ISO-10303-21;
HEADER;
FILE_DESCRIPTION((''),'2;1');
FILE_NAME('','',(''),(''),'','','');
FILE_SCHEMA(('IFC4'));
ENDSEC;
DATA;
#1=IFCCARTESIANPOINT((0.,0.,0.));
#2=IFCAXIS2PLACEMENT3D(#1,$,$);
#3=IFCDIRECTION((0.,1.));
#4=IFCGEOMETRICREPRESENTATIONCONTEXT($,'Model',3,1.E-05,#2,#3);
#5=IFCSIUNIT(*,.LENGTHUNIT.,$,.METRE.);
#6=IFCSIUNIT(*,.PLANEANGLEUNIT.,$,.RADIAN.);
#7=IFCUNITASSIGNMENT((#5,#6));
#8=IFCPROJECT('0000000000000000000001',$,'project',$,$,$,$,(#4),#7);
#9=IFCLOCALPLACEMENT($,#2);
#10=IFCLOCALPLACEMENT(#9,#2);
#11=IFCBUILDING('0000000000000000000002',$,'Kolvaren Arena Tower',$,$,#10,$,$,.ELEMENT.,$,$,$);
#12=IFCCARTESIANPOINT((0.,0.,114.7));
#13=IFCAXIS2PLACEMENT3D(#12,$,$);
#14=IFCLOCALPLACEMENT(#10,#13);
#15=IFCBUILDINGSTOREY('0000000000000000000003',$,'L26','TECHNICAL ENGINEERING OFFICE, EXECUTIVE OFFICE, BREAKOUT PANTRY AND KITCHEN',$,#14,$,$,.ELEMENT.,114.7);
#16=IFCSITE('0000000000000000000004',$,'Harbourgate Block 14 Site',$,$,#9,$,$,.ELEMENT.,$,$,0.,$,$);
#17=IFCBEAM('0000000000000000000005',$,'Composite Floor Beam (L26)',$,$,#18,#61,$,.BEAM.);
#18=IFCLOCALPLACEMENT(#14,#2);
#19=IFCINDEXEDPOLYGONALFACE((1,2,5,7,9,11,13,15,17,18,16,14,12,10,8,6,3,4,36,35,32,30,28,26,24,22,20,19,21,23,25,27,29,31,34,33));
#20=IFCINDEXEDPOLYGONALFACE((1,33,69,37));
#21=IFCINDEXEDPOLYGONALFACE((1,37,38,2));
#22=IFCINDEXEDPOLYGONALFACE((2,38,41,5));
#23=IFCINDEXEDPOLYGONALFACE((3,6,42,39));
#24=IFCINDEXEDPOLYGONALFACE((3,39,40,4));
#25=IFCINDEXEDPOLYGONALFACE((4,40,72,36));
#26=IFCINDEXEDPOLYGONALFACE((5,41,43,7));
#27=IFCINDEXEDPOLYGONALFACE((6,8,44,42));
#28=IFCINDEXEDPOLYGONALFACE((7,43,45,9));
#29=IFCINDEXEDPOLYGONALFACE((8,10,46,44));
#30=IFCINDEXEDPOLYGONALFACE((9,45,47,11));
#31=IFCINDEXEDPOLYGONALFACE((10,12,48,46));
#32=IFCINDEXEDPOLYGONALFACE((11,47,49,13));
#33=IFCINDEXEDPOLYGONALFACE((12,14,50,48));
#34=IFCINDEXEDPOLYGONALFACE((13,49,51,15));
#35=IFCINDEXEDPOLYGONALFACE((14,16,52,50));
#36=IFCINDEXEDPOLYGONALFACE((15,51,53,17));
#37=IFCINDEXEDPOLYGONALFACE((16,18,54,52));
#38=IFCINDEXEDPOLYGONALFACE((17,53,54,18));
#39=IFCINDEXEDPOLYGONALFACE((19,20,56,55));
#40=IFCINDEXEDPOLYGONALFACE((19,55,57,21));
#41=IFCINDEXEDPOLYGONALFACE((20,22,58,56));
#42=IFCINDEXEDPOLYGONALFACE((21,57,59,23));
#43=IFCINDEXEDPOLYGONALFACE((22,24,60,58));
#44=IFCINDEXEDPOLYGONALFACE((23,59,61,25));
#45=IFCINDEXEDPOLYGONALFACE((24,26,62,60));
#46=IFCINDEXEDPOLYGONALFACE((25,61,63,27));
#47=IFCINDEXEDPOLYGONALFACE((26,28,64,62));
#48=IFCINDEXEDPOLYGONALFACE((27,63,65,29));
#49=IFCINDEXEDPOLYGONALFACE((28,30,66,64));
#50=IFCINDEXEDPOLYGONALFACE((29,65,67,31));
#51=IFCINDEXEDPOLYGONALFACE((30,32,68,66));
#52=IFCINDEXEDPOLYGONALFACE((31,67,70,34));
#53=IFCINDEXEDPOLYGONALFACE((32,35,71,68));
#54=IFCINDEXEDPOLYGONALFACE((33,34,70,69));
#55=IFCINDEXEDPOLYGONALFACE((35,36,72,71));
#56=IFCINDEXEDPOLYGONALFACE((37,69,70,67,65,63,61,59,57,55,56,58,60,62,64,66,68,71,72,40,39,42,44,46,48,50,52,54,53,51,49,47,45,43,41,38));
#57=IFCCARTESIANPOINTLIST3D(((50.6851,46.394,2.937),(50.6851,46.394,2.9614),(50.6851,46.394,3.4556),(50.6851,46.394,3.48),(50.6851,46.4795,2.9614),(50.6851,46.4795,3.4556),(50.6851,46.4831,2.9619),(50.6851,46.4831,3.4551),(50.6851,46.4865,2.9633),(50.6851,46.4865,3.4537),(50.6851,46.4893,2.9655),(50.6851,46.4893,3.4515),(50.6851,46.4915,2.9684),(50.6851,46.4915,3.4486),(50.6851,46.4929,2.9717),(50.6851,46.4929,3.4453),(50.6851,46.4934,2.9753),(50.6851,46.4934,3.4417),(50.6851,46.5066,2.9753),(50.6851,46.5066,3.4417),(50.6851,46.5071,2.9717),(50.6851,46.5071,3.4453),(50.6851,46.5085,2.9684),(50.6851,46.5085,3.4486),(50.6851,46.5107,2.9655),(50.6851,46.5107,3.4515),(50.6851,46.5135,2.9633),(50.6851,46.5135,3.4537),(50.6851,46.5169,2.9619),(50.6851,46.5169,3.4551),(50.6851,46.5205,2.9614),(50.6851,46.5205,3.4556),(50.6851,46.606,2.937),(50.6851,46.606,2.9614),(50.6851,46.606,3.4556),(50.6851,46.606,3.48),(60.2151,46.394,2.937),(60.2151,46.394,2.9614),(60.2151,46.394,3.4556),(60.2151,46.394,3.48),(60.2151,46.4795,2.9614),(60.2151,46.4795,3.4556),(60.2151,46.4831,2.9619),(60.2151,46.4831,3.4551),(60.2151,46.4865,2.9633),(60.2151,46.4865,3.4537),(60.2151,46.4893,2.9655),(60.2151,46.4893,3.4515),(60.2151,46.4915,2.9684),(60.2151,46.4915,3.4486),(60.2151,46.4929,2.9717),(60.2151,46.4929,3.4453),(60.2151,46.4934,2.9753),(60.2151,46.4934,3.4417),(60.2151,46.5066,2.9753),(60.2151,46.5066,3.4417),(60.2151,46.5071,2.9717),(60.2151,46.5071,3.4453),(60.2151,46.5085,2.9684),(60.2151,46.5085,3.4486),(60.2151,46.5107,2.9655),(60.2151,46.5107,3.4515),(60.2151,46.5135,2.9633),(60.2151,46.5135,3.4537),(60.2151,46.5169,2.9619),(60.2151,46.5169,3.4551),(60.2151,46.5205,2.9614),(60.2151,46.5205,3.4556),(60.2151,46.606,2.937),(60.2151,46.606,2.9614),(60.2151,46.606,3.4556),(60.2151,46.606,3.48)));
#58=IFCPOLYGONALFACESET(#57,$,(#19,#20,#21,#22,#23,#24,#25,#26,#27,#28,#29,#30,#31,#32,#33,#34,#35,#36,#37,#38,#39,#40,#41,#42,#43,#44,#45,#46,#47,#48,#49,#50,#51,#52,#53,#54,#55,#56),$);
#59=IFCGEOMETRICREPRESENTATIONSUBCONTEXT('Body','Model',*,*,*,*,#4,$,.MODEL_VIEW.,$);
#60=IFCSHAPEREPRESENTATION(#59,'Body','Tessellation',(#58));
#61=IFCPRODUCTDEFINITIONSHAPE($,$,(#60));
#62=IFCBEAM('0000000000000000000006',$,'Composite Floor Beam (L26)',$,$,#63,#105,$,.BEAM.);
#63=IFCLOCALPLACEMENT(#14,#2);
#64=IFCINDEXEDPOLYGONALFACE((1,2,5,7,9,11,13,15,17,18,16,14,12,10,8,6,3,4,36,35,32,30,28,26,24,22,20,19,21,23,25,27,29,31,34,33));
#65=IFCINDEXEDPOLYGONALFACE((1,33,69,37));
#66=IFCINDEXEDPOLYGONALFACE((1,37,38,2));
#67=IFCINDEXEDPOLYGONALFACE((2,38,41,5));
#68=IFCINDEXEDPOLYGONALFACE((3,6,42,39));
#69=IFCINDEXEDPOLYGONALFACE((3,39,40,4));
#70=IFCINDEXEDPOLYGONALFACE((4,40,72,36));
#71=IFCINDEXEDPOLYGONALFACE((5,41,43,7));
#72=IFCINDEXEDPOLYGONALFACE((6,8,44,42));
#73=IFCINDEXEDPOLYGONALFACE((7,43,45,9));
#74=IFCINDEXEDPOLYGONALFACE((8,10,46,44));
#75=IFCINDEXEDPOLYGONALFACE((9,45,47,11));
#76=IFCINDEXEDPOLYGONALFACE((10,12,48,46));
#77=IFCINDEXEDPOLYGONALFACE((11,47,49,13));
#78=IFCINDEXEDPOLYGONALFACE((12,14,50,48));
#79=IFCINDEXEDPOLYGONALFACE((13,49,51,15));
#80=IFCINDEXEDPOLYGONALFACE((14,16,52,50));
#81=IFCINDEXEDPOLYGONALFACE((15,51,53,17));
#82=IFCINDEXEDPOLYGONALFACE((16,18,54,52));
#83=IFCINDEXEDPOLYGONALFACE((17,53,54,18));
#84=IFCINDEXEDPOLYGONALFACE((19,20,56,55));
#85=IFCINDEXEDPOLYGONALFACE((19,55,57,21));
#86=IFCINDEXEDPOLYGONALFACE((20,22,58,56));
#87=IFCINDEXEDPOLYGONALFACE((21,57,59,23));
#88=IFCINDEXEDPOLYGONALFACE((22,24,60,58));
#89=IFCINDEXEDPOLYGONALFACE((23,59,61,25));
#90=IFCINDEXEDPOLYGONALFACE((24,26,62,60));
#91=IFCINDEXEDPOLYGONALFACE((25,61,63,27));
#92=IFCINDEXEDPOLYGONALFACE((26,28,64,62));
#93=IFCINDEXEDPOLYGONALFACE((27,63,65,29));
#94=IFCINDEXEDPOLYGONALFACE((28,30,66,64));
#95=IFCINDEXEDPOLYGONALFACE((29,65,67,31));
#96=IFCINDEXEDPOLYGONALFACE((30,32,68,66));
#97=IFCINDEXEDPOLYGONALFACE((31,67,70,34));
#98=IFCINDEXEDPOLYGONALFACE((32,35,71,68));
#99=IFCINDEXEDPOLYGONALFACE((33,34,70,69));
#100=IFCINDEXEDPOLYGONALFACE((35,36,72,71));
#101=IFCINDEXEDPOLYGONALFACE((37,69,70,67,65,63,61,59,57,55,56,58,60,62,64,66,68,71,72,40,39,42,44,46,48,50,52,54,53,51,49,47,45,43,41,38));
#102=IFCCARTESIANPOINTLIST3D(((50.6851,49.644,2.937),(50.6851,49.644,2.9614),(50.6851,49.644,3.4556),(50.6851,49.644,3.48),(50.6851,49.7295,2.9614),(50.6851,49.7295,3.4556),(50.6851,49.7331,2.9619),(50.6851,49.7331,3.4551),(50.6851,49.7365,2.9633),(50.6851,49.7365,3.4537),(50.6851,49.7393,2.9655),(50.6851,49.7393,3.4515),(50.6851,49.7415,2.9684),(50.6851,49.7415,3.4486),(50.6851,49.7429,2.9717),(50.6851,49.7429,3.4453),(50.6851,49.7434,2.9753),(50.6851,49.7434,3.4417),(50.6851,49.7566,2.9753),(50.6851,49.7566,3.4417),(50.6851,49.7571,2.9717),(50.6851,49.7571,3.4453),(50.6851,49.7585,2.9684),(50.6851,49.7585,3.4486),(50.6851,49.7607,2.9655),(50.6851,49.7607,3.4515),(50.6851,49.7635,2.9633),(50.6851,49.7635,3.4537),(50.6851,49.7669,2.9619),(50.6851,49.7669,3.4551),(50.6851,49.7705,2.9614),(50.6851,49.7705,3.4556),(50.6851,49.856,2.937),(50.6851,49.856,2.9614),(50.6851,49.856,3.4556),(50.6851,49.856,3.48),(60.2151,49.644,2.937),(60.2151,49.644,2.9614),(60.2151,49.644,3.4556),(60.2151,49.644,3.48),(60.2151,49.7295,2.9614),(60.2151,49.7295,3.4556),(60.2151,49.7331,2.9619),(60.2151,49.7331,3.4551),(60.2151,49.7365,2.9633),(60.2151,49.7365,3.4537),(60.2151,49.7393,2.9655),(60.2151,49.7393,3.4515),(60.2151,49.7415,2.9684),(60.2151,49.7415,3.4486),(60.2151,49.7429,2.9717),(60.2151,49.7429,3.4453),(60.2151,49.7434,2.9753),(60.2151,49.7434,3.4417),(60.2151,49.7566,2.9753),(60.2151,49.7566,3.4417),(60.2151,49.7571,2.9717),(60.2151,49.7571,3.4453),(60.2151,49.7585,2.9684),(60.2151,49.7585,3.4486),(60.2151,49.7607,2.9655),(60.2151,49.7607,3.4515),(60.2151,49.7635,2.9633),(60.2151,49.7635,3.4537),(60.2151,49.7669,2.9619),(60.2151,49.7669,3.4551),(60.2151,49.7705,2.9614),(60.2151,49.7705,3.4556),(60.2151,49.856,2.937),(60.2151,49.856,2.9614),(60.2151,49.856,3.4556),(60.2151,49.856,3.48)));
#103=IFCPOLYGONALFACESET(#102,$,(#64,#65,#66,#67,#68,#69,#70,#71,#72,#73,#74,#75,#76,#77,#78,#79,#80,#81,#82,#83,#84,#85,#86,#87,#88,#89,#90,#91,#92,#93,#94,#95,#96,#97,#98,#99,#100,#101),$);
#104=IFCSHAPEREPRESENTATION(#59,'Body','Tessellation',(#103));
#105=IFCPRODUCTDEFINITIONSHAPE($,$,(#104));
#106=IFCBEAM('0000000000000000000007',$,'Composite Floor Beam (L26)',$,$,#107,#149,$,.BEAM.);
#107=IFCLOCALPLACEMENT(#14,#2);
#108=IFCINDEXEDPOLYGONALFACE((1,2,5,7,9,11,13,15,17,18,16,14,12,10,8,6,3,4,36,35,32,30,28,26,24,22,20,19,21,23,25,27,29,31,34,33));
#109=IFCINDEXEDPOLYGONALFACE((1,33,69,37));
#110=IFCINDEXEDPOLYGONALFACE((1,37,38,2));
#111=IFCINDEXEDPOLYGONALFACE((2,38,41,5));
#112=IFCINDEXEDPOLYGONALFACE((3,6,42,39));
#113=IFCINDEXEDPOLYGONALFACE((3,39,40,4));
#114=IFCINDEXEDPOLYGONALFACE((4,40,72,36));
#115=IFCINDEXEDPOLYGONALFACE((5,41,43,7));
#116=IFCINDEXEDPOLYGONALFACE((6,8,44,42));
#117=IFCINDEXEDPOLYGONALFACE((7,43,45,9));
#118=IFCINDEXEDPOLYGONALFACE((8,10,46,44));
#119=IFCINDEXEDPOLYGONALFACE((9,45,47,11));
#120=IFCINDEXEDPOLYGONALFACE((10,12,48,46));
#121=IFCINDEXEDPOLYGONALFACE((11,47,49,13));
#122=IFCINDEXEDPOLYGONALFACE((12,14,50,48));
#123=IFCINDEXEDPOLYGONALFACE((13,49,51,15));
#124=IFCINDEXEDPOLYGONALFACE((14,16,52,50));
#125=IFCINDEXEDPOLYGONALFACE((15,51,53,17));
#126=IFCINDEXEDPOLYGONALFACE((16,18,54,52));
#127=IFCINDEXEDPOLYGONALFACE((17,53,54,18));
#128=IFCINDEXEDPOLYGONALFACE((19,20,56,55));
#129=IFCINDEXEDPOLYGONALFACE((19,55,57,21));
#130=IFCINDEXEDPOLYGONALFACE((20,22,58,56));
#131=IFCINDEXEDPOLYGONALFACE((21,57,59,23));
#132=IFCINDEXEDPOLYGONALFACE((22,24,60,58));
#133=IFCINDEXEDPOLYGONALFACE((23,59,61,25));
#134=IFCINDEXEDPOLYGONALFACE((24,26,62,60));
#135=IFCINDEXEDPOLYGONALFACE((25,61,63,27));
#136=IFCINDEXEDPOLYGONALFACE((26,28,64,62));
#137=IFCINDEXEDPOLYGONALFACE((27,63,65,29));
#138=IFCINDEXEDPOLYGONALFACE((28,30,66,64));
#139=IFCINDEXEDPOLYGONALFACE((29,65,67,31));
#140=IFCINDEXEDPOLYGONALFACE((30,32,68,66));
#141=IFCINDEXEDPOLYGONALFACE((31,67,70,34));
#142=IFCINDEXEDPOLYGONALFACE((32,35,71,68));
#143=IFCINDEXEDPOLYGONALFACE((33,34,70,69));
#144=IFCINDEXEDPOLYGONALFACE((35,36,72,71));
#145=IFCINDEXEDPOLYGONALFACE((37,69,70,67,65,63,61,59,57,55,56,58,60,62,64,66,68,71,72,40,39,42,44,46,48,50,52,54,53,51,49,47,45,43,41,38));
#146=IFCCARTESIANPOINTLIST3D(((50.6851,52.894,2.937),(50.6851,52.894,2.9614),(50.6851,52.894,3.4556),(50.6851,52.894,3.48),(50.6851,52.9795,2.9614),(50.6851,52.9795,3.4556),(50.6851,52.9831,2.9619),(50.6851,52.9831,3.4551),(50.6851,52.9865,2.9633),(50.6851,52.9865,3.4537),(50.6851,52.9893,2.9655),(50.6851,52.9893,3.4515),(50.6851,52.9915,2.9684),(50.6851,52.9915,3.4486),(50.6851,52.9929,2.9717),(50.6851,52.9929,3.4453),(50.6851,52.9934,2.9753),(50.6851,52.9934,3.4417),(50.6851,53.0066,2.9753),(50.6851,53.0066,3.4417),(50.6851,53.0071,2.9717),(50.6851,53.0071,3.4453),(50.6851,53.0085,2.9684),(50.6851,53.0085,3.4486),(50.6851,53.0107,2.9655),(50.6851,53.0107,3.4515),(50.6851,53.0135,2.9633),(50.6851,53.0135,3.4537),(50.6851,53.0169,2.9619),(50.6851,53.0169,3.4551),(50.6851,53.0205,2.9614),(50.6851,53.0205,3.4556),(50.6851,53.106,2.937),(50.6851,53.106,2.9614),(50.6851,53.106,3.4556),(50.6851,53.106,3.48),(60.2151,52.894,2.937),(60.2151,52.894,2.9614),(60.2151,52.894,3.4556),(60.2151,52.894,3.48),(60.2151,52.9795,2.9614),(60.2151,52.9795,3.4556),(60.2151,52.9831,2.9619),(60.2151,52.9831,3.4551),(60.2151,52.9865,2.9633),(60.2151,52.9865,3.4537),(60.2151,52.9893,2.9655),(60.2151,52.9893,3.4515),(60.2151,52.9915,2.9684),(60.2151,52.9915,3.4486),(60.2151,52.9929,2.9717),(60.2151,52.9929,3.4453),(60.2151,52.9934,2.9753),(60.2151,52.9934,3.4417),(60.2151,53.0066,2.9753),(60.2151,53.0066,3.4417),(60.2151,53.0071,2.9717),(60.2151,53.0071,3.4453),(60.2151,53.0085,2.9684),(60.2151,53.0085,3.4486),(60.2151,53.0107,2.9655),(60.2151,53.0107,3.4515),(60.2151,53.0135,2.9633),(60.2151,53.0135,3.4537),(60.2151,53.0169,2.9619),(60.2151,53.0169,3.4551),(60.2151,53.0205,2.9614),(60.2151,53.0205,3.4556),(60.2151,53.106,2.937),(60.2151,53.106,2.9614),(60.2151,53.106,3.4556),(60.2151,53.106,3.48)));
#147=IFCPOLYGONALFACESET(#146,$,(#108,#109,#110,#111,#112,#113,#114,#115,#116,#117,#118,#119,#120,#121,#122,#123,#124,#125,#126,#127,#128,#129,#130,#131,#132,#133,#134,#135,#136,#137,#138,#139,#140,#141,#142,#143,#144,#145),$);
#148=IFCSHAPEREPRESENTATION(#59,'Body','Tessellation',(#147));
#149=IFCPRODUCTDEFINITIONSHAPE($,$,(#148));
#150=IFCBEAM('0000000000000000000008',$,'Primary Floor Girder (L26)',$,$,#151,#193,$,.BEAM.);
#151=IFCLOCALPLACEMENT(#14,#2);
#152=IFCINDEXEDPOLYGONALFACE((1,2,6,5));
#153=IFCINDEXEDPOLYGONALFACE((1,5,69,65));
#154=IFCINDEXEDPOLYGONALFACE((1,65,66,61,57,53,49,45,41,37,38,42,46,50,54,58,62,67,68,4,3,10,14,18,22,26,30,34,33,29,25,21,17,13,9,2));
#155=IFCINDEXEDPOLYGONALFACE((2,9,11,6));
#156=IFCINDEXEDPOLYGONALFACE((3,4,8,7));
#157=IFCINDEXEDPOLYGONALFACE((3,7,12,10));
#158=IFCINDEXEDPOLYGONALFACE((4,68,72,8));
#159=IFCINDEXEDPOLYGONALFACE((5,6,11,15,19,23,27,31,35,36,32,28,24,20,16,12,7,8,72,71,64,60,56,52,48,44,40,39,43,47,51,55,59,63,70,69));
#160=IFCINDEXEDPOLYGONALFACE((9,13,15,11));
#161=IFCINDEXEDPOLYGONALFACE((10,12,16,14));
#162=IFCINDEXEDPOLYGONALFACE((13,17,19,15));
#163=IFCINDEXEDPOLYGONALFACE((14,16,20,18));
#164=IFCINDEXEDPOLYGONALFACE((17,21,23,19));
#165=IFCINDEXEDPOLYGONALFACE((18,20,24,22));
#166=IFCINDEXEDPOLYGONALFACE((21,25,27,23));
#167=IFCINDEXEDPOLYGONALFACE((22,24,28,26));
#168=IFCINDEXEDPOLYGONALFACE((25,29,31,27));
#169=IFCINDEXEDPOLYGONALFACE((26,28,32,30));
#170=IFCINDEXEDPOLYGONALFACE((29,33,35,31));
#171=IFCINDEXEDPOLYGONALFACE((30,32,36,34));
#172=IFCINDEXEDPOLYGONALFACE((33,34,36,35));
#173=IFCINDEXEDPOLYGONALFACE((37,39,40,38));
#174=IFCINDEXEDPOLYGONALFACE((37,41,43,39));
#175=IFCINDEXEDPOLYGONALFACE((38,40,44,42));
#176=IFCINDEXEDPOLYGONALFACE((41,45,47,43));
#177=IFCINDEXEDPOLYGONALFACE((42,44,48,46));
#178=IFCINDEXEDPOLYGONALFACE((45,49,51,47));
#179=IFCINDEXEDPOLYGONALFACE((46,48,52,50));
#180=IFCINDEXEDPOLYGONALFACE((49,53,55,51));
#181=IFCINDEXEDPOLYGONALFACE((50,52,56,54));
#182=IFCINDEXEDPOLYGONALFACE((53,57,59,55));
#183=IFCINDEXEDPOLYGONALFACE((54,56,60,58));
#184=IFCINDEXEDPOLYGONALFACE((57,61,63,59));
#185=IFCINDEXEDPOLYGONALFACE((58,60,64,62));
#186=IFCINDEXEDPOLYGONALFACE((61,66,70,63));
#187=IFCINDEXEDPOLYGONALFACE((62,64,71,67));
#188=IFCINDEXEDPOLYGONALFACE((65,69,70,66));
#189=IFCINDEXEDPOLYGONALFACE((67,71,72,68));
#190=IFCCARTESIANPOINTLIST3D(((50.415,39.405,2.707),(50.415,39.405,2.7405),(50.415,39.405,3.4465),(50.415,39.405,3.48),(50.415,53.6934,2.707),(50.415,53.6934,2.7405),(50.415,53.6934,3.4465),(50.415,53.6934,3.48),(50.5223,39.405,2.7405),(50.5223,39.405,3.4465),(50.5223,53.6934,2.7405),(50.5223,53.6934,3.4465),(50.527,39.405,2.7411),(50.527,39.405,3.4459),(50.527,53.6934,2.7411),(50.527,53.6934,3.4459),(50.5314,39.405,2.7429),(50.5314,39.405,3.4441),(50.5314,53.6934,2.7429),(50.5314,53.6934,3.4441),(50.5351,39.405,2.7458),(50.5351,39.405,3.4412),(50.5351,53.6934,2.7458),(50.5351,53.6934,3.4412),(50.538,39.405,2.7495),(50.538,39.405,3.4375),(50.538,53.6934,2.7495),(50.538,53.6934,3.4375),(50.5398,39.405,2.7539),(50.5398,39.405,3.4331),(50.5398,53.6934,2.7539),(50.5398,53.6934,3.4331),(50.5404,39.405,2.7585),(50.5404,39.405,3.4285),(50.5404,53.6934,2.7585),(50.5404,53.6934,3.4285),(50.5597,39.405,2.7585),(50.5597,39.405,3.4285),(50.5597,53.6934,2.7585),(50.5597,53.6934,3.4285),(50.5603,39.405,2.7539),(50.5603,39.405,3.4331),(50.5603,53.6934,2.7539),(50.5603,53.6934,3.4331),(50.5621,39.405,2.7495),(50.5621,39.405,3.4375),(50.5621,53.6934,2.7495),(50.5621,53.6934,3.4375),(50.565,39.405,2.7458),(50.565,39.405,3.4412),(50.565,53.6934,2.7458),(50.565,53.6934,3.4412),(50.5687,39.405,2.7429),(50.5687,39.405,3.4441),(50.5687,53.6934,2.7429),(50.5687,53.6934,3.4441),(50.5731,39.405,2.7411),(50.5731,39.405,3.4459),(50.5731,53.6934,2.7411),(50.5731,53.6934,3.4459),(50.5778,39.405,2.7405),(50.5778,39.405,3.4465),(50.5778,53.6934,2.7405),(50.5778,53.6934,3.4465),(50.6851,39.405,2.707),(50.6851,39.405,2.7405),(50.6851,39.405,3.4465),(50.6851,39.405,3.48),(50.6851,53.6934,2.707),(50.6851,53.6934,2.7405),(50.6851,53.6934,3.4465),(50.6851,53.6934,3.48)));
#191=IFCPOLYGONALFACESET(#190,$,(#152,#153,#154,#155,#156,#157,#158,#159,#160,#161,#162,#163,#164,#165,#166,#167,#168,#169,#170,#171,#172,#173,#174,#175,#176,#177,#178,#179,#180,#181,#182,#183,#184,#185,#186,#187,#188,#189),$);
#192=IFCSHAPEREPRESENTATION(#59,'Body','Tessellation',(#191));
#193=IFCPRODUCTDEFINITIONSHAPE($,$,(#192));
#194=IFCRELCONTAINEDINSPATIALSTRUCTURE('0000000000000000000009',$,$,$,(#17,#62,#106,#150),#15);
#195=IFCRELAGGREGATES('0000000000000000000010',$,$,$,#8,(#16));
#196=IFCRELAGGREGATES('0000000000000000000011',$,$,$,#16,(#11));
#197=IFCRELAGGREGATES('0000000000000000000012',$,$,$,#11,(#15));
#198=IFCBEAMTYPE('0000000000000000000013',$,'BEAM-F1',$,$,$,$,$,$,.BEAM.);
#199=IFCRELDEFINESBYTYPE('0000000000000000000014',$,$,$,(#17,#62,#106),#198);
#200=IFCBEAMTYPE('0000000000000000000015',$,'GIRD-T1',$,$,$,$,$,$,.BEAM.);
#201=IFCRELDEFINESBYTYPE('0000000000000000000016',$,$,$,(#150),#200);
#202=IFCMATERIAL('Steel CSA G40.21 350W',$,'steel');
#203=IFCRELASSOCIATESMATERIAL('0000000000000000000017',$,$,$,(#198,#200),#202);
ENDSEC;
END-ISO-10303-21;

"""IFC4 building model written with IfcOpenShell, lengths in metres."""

from ifc_helpers import new_model, si_unit, direction, frame, origin, origin_2d, place, context, subcontext, project, spatial, i_section, extrude, material, material_profile, profile_set, type_object, element, save


model = new_model("IFC4")

# Units and contexts
model_context = context("Model", 3, precision=1e-05, world=origin(), true_north=direction((0.0, 1.0)))
body_context = subcontext(model_context, "Body", "Model", "MODEL_VIEW")
ifc_project = project(units=[si_unit("LENGTHUNIT", "METRE"), si_unit("PLANEANGLEUNIT", "RADIAN")], contexts=[model_context])

# Site, building, storey
site_placement = place(None, origin())
site = spatial("IfcSite", under=ifc_project, at=site_placement, Name="Harbourgate Block 14 Site", CompositionType="ELEMENT", RefElevation=0.0)
building_placement = place(site_placement, origin())
building = spatial("IfcBuilding", under=site, at=building_placement, Name="Kolvaren Arena Tower", CompositionType="ELEMENT")
storey_placement = place(building_placement, frame((0.0, 0.0, 114.7)))
storey = spatial("IfcBuildingStorey", under=building, at=storey_placement, Name="L26", Description="TECHNICAL ENGINEERING OFFICE, EXECUTIVE OFFICE, BREAKOUT PANTRY AND KITCHEN", CompositionType="ELEMENT", Elevation=114.7)

# Beams
ifc_material_1 = material(Name="Steel CSA G40.21 350W", Category="steel")
ifc_material_profile_1 = material_profile(ifc_material_1, i_section(OverallWidth=0.2119, OverallDepth=0.543, WebThickness=0.0132, FlangeThickness=0.0244, FilletRadius=0.0139, at=origin_2d()), Name="W530x150")
ifc_profile_set_1 = profile_set([ifc_material_profile_1], Name="Steel CSA G40.21 350W")
beam_type_1 = type_object("IfcBeamType", Name="BEAM-F1", PredefinedType="BEAM", material=ifc_profile_set_1)
for number, where, z_axis, x_axis, name in (
    (1, (50.6851, 46.5, 3.2085), (1.0, 0.0, 0.0), (0.0, 1.0, 0.0), "Composite Floor Beam (L26)"),
    (2, (50.6851, 49.75, 3.2085), (1.0, 0.0, 0.0), (0.0, 1.0, 0.0), "Composite Floor Beam (L26)"),
    (3, (50.6851, 53.0, 3.2085), (1.0, 0.0, 0.0), (0.0, 1.0, 0.0), "Composite Floor Beam (L26)"),
):
    element("IfcBeam", number, at=place(storey_placement, frame(where, z_axis=z_axis, x_axis=x_axis)), inside=storey, type_object=beam_type_1, Name=name, PredefinedType="BEAM", context=body_context, shape_type="SweptSolid", body=[
        extrude(i_section(OverallWidth=0.2119, OverallDepth=0.543, WebThickness=0.0132, FlangeThickness=0.0244, FilletRadius=0.0139, at=origin_2d()), origin(), (0.0, 0.0, 1.0), 9.53),
    ])
ifc_material_profile_2 = material_profile(ifc_material_1, i_section(OverallWidth=0.27, OverallDepth=0.7729, WebThickness=0.0193, FlangeThickness=0.0334, FilletRadius=0.0181, at=origin_2d()), Name="W760x257")
ifc_profile_set_2 = profile_set([ifc_material_profile_2], Name="Steel CSA G40.21 350W")
beam_type_2 = type_object("IfcBeamType", Name="GIRD-T1", PredefinedType="BEAM", material=ifc_profile_set_2)
beam_1_placement = place(storey_placement, frame((50.55, 39.405, 3.0935), z_axis=(0.0, 1.0, 0.0), x_axis=(-1.0, 0.0, 0.0)))
element("IfcBeam", 4, at=beam_1_placement, inside=storey, type_object=beam_type_2, Name="Primary Floor Girder (L26)", PredefinedType="BEAM", context=body_context, shape_type="SweptSolid", body=[
    extrude(i_section(OverallWidth=0.27, OverallDepth=0.7729, WebThickness=0.0193, FlangeThickness=0.0334, FilletRadius=0.0181, at=origin_2d()), origin(), (0.0, 0.0, 1.0), 14.2883),
])

save(model, "model.ifc")
